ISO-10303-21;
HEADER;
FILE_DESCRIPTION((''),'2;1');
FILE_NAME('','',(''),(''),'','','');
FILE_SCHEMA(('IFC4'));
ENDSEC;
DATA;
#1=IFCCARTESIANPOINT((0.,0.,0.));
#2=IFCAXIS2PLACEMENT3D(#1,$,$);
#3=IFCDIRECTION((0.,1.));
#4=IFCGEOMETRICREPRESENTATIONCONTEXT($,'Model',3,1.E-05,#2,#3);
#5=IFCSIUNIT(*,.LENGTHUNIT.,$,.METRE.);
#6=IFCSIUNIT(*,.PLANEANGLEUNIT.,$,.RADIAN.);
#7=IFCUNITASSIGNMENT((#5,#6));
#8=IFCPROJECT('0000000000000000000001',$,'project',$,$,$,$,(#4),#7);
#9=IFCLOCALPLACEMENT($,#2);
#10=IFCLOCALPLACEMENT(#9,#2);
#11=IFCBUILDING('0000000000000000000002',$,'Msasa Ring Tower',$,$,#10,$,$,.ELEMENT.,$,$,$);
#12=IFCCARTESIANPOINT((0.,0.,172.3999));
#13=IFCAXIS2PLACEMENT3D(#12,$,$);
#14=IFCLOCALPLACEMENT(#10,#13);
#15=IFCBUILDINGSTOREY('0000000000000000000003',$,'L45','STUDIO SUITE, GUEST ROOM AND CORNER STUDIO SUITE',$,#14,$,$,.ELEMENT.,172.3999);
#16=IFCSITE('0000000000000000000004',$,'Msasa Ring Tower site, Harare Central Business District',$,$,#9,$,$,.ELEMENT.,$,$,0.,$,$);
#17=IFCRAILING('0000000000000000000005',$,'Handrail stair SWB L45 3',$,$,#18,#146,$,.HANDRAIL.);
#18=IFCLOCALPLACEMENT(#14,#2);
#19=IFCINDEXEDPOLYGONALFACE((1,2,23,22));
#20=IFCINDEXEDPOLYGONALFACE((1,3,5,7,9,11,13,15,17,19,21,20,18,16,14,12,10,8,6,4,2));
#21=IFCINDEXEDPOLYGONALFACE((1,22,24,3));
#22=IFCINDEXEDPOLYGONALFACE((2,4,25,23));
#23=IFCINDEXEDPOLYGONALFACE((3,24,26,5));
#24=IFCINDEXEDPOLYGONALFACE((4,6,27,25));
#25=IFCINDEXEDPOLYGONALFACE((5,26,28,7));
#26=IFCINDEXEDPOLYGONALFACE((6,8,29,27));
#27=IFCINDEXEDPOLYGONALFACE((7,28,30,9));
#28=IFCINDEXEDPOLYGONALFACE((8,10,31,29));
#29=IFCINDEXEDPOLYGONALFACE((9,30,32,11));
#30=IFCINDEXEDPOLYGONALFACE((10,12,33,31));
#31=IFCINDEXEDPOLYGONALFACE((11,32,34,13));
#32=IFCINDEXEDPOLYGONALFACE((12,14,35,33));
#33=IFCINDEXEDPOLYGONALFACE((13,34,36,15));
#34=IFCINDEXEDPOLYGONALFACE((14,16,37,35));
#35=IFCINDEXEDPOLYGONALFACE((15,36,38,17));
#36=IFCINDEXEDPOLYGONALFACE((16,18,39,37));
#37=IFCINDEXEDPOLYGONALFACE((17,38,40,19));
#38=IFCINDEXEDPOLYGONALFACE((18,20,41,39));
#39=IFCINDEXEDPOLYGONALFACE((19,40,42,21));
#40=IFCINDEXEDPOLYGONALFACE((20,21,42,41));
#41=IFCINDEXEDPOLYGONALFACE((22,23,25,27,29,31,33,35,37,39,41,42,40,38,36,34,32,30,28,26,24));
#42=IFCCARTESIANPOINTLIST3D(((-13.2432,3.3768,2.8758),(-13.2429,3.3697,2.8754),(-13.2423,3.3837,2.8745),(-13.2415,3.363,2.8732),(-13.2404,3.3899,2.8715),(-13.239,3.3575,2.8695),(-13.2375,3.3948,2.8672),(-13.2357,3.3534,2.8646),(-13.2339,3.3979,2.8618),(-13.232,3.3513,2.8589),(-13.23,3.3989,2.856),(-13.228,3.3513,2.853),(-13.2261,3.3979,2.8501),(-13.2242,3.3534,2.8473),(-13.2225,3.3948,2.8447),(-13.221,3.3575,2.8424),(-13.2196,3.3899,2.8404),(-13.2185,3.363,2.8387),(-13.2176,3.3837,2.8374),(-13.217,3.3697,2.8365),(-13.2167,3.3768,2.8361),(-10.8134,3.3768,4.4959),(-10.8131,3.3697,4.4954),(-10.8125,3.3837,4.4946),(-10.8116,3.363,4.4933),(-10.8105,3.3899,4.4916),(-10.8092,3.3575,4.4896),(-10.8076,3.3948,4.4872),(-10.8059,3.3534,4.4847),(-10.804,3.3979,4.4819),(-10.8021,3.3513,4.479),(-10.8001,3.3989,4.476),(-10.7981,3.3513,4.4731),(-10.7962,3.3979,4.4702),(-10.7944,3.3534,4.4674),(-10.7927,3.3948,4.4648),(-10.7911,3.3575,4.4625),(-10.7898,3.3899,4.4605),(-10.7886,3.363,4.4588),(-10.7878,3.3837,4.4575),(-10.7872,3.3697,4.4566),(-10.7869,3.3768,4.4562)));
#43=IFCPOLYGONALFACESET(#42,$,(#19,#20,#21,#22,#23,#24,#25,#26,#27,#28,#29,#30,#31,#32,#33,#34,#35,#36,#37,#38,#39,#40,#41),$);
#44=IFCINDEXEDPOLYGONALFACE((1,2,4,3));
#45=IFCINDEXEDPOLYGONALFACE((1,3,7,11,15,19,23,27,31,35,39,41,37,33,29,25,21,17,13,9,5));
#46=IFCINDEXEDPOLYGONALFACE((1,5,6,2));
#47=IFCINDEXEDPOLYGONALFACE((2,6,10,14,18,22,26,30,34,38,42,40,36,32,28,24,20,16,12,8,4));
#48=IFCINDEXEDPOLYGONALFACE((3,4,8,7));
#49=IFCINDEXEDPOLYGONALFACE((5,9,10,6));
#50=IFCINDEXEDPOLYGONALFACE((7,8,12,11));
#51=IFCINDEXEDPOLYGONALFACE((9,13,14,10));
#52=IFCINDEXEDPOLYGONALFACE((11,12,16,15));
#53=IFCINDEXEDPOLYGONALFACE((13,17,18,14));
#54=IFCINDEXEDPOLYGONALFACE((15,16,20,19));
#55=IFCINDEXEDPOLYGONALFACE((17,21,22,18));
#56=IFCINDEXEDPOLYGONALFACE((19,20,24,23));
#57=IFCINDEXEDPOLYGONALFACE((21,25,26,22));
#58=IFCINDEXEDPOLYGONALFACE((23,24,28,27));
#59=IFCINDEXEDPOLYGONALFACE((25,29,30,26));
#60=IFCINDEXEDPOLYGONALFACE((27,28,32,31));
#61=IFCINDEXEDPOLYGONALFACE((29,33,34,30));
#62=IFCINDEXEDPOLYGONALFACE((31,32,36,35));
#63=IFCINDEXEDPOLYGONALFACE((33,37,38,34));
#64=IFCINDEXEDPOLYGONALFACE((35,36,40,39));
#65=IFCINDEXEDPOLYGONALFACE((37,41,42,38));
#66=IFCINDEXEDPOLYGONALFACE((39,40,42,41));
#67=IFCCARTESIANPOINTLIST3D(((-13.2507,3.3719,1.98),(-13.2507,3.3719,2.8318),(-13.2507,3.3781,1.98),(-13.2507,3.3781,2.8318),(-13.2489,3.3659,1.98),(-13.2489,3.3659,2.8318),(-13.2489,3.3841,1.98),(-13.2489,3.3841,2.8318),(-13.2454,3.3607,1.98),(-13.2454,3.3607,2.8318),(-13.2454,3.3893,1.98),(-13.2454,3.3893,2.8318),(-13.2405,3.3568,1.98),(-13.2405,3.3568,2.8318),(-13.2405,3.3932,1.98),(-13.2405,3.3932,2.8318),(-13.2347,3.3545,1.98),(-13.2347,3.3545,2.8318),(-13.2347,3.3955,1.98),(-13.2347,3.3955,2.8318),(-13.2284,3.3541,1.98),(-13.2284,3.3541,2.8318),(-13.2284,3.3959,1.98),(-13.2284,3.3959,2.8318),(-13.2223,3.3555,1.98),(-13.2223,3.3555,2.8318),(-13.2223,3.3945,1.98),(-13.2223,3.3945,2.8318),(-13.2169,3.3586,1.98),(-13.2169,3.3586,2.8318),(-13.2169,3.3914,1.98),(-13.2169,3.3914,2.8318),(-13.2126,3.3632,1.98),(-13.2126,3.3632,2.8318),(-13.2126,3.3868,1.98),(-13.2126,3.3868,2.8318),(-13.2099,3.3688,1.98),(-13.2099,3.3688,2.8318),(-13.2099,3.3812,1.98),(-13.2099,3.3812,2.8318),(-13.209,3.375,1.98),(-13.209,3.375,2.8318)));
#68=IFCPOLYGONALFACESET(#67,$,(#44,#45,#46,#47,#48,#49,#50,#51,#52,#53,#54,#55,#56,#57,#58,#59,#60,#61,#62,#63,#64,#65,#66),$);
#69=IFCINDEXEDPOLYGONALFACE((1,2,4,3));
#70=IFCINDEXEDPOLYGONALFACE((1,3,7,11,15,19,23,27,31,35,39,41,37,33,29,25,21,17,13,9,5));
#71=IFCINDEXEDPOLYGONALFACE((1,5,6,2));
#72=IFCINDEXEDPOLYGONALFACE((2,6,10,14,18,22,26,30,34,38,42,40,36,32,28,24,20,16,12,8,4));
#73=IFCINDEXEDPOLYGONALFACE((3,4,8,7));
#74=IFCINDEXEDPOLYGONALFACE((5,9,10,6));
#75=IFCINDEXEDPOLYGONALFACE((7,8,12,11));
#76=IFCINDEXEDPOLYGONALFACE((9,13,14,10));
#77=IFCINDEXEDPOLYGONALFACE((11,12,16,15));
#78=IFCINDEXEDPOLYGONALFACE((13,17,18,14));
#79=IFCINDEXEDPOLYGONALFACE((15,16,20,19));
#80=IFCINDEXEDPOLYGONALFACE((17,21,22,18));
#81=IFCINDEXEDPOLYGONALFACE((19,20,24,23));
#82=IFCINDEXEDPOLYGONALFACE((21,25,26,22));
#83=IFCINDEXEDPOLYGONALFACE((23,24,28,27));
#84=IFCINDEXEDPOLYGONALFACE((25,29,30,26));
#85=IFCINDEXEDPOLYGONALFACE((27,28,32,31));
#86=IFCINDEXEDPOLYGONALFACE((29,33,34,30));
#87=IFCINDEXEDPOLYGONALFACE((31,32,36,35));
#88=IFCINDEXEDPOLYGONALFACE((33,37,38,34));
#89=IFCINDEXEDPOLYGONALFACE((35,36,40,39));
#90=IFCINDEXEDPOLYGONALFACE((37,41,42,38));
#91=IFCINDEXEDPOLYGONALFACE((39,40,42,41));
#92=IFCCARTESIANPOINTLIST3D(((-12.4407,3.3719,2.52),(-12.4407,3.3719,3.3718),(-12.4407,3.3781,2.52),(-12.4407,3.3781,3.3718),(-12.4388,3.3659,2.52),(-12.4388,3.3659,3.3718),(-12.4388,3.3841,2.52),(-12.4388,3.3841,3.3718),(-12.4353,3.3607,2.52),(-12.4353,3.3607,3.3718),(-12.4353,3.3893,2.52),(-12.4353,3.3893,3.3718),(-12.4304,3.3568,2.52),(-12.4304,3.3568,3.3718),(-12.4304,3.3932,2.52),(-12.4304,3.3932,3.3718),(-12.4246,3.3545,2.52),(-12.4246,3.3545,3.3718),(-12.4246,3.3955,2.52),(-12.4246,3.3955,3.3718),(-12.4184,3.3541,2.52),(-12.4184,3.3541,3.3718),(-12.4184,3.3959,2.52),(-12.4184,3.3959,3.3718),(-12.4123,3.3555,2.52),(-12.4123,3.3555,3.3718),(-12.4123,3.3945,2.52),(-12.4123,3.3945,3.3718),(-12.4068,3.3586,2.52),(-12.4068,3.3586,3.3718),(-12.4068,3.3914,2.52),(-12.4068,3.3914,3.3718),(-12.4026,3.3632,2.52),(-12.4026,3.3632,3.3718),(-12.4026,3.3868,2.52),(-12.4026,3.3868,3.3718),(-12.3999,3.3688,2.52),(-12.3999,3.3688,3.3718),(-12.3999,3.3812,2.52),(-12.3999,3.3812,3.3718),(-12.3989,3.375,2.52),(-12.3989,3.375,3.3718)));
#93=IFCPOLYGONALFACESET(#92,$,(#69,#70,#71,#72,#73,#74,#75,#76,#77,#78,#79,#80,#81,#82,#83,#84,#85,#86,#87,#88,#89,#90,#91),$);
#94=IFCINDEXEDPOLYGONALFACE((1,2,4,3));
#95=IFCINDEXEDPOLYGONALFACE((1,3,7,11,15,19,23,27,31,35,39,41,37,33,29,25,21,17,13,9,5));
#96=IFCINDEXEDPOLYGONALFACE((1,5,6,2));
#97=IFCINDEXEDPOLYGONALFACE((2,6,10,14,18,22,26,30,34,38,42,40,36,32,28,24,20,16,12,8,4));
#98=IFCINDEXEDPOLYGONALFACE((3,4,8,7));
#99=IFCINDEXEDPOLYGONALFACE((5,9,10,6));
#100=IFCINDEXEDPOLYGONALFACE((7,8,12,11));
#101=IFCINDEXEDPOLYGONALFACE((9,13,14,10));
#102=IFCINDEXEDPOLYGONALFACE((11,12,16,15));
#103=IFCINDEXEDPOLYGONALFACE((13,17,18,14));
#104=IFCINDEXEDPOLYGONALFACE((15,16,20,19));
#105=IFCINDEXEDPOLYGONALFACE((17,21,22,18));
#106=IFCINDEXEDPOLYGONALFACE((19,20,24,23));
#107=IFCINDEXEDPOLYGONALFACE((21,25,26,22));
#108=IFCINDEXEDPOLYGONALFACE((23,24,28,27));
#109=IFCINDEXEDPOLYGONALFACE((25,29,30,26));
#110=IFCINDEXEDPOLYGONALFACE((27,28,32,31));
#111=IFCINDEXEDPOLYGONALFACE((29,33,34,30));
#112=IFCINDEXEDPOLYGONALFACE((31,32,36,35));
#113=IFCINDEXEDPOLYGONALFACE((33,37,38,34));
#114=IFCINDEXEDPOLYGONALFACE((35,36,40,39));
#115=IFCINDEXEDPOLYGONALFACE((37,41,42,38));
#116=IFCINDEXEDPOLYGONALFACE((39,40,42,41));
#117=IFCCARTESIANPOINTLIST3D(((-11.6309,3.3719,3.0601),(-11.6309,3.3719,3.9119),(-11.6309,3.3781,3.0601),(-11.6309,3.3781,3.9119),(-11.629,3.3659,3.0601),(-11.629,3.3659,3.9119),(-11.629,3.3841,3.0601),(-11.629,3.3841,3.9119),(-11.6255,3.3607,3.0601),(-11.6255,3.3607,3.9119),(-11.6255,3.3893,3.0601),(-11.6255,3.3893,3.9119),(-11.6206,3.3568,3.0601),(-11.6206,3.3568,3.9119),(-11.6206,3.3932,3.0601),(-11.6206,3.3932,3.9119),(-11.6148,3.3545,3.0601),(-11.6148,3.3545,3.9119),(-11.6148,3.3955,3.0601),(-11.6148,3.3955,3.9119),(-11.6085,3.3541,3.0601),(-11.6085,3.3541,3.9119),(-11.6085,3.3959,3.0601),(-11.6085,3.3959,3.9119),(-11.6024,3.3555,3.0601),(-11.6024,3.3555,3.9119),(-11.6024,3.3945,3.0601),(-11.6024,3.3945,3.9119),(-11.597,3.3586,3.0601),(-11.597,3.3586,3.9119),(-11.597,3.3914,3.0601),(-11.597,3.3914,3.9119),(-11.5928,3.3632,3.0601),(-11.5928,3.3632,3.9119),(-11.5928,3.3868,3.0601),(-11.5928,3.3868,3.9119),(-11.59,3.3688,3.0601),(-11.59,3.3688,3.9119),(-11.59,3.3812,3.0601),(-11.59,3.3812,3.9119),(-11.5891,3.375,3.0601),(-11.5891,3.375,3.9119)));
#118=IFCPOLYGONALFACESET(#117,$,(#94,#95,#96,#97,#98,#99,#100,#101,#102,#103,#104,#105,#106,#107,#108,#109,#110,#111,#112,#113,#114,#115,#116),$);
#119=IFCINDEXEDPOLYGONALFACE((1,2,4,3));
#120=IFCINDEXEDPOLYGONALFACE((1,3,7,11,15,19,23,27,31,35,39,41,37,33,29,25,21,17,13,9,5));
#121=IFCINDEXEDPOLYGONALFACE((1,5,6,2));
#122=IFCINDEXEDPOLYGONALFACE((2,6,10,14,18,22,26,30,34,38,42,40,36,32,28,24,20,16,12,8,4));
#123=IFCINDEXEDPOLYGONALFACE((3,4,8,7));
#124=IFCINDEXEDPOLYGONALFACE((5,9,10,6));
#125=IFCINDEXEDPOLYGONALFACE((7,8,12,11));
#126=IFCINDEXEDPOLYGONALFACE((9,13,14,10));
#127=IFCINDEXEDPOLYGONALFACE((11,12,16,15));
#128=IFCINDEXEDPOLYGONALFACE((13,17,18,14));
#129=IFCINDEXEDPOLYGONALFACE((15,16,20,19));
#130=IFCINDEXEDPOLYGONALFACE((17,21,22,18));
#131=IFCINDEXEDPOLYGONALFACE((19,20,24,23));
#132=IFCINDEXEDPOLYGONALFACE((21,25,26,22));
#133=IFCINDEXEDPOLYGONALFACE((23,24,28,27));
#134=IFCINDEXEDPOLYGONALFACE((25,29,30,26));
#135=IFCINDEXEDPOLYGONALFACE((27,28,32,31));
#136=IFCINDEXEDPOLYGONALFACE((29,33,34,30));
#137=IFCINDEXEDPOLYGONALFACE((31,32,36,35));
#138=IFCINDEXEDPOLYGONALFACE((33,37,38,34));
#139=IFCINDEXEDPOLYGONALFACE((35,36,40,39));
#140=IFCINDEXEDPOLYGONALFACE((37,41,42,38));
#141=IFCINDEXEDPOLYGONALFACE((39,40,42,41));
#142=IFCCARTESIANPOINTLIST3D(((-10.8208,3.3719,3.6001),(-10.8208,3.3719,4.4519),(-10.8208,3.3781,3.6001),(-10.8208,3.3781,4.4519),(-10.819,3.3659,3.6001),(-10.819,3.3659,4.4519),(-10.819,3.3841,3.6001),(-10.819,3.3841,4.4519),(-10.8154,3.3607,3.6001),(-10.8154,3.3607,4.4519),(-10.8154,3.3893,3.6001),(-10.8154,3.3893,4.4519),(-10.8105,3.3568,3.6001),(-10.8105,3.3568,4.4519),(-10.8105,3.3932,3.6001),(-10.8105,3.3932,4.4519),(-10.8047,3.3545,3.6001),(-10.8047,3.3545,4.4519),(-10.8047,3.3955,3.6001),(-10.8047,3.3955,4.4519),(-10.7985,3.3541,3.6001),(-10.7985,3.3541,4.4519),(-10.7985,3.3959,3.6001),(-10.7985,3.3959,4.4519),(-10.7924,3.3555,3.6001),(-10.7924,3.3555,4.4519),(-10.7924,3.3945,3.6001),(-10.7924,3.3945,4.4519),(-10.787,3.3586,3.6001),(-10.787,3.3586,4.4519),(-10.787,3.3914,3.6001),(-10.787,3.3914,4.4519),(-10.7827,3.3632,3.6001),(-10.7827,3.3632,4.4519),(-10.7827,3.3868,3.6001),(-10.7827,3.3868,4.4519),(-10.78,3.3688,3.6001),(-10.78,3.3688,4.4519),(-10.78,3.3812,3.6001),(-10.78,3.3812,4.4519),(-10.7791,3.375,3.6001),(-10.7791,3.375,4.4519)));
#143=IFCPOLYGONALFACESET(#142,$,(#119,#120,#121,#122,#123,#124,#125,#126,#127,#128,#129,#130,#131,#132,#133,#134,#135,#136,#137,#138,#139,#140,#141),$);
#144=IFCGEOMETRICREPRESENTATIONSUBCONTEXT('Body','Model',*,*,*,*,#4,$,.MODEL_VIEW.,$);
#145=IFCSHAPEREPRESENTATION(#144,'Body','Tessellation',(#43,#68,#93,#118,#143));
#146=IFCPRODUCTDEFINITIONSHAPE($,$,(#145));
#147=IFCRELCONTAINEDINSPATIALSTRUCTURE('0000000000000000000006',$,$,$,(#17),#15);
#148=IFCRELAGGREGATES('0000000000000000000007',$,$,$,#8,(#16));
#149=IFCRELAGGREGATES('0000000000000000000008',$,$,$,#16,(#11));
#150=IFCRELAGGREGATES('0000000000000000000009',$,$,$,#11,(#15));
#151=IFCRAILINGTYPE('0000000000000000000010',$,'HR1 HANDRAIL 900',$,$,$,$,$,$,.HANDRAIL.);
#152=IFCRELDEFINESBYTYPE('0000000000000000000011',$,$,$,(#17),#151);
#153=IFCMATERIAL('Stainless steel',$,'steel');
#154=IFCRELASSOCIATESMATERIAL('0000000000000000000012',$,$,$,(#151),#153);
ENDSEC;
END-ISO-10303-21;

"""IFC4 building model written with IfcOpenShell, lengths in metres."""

from ifc_helpers import new_model, si_unit, direction, frame, origin, origin_2d, place, context, subcontext, project, spatial, circle, extrude, material, type_object, element, save


model = new_model("IFC4")

# Units and contexts
model_context = context("Model", 3, precision=1e-05, world=origin(), true_north=direction((0.0, 1.0)))
body_context = subcontext(model_context, "Body", "Model", "MODEL_VIEW")
ifc_project = project(units=[si_unit("LENGTHUNIT", "METRE"), si_unit("PLANEANGLEUNIT", "RADIAN")], contexts=[model_context])

# Site, building, storey
site_placement = place(None, origin())
site = spatial("IfcSite", under=ifc_project, at=site_placement, Name="Msasa Ring Tower site, Harare Central Business District", CompositionType="ELEMENT", RefElevation=0.0)
building_placement = place(site_placement, origin())
building = spatial("IfcBuilding", under=site, at=building_placement, Name="Msasa Ring Tower", CompositionType="ELEMENT")
storey_placement = place(building_placement, frame((0.0, 0.0, 172.3999)))
storey = spatial("IfcBuildingStorey", under=building, at=storey_placement, Name="L45", Description="STUDIO SUITE, GUEST ROOM AND CORNER STUDIO SUITE", CompositionType="ELEMENT", Elevation=172.3999)

# Railing
ifc_material_1 = material(Name="Stainless steel", Category="steel")
railing_type = type_object("IfcRailingType", Name="HR1 HANDRAIL 900", PredefinedType="HANDRAIL", material=ifc_material_1)
railing_placement = place(storey_placement, frame((-13.23, 3.375, 1.98)))
element("IfcRailing", 1, at=railing_placement, inside=storey, type_object=railing_type, Name="Handrail stair SWB L45 3", PredefinedType="HANDRAIL", context=body_context, shape_type="SweptSolid", body=[
    extrude(circle(Radius=0.0239, at=origin_2d()), frame((0.0, 0.0, 0.876), z_axis=(0.832025, 0.0, 0.554739), x_axis=(0.0, 1.0, 0.0)), (0.0, 0.0, 1.0), 2.9204),
    extrude(circle(Radius=0.021, at=origin_2d()), origin(), (0.0, 0.0, 1.0), 0.8518),
    extrude(circle(Radius=0.021, at=origin_2d()), frame((0.8101, 0.0, 0.54)), (0.0, 0.0, 1.0), 0.8518),
    extrude(circle(Radius=0.021, at=origin_2d()), frame((1.6199, 0.0, 1.0801)), (0.0, 0.0, 1.0), 0.8518),
    extrude(circle(Radius=0.021, at=origin_2d()), frame((2.4299, 0.0, 1.6201)), (0.0, 0.0, 1.0), 0.8518),
])

save(model, "model.ifc")
